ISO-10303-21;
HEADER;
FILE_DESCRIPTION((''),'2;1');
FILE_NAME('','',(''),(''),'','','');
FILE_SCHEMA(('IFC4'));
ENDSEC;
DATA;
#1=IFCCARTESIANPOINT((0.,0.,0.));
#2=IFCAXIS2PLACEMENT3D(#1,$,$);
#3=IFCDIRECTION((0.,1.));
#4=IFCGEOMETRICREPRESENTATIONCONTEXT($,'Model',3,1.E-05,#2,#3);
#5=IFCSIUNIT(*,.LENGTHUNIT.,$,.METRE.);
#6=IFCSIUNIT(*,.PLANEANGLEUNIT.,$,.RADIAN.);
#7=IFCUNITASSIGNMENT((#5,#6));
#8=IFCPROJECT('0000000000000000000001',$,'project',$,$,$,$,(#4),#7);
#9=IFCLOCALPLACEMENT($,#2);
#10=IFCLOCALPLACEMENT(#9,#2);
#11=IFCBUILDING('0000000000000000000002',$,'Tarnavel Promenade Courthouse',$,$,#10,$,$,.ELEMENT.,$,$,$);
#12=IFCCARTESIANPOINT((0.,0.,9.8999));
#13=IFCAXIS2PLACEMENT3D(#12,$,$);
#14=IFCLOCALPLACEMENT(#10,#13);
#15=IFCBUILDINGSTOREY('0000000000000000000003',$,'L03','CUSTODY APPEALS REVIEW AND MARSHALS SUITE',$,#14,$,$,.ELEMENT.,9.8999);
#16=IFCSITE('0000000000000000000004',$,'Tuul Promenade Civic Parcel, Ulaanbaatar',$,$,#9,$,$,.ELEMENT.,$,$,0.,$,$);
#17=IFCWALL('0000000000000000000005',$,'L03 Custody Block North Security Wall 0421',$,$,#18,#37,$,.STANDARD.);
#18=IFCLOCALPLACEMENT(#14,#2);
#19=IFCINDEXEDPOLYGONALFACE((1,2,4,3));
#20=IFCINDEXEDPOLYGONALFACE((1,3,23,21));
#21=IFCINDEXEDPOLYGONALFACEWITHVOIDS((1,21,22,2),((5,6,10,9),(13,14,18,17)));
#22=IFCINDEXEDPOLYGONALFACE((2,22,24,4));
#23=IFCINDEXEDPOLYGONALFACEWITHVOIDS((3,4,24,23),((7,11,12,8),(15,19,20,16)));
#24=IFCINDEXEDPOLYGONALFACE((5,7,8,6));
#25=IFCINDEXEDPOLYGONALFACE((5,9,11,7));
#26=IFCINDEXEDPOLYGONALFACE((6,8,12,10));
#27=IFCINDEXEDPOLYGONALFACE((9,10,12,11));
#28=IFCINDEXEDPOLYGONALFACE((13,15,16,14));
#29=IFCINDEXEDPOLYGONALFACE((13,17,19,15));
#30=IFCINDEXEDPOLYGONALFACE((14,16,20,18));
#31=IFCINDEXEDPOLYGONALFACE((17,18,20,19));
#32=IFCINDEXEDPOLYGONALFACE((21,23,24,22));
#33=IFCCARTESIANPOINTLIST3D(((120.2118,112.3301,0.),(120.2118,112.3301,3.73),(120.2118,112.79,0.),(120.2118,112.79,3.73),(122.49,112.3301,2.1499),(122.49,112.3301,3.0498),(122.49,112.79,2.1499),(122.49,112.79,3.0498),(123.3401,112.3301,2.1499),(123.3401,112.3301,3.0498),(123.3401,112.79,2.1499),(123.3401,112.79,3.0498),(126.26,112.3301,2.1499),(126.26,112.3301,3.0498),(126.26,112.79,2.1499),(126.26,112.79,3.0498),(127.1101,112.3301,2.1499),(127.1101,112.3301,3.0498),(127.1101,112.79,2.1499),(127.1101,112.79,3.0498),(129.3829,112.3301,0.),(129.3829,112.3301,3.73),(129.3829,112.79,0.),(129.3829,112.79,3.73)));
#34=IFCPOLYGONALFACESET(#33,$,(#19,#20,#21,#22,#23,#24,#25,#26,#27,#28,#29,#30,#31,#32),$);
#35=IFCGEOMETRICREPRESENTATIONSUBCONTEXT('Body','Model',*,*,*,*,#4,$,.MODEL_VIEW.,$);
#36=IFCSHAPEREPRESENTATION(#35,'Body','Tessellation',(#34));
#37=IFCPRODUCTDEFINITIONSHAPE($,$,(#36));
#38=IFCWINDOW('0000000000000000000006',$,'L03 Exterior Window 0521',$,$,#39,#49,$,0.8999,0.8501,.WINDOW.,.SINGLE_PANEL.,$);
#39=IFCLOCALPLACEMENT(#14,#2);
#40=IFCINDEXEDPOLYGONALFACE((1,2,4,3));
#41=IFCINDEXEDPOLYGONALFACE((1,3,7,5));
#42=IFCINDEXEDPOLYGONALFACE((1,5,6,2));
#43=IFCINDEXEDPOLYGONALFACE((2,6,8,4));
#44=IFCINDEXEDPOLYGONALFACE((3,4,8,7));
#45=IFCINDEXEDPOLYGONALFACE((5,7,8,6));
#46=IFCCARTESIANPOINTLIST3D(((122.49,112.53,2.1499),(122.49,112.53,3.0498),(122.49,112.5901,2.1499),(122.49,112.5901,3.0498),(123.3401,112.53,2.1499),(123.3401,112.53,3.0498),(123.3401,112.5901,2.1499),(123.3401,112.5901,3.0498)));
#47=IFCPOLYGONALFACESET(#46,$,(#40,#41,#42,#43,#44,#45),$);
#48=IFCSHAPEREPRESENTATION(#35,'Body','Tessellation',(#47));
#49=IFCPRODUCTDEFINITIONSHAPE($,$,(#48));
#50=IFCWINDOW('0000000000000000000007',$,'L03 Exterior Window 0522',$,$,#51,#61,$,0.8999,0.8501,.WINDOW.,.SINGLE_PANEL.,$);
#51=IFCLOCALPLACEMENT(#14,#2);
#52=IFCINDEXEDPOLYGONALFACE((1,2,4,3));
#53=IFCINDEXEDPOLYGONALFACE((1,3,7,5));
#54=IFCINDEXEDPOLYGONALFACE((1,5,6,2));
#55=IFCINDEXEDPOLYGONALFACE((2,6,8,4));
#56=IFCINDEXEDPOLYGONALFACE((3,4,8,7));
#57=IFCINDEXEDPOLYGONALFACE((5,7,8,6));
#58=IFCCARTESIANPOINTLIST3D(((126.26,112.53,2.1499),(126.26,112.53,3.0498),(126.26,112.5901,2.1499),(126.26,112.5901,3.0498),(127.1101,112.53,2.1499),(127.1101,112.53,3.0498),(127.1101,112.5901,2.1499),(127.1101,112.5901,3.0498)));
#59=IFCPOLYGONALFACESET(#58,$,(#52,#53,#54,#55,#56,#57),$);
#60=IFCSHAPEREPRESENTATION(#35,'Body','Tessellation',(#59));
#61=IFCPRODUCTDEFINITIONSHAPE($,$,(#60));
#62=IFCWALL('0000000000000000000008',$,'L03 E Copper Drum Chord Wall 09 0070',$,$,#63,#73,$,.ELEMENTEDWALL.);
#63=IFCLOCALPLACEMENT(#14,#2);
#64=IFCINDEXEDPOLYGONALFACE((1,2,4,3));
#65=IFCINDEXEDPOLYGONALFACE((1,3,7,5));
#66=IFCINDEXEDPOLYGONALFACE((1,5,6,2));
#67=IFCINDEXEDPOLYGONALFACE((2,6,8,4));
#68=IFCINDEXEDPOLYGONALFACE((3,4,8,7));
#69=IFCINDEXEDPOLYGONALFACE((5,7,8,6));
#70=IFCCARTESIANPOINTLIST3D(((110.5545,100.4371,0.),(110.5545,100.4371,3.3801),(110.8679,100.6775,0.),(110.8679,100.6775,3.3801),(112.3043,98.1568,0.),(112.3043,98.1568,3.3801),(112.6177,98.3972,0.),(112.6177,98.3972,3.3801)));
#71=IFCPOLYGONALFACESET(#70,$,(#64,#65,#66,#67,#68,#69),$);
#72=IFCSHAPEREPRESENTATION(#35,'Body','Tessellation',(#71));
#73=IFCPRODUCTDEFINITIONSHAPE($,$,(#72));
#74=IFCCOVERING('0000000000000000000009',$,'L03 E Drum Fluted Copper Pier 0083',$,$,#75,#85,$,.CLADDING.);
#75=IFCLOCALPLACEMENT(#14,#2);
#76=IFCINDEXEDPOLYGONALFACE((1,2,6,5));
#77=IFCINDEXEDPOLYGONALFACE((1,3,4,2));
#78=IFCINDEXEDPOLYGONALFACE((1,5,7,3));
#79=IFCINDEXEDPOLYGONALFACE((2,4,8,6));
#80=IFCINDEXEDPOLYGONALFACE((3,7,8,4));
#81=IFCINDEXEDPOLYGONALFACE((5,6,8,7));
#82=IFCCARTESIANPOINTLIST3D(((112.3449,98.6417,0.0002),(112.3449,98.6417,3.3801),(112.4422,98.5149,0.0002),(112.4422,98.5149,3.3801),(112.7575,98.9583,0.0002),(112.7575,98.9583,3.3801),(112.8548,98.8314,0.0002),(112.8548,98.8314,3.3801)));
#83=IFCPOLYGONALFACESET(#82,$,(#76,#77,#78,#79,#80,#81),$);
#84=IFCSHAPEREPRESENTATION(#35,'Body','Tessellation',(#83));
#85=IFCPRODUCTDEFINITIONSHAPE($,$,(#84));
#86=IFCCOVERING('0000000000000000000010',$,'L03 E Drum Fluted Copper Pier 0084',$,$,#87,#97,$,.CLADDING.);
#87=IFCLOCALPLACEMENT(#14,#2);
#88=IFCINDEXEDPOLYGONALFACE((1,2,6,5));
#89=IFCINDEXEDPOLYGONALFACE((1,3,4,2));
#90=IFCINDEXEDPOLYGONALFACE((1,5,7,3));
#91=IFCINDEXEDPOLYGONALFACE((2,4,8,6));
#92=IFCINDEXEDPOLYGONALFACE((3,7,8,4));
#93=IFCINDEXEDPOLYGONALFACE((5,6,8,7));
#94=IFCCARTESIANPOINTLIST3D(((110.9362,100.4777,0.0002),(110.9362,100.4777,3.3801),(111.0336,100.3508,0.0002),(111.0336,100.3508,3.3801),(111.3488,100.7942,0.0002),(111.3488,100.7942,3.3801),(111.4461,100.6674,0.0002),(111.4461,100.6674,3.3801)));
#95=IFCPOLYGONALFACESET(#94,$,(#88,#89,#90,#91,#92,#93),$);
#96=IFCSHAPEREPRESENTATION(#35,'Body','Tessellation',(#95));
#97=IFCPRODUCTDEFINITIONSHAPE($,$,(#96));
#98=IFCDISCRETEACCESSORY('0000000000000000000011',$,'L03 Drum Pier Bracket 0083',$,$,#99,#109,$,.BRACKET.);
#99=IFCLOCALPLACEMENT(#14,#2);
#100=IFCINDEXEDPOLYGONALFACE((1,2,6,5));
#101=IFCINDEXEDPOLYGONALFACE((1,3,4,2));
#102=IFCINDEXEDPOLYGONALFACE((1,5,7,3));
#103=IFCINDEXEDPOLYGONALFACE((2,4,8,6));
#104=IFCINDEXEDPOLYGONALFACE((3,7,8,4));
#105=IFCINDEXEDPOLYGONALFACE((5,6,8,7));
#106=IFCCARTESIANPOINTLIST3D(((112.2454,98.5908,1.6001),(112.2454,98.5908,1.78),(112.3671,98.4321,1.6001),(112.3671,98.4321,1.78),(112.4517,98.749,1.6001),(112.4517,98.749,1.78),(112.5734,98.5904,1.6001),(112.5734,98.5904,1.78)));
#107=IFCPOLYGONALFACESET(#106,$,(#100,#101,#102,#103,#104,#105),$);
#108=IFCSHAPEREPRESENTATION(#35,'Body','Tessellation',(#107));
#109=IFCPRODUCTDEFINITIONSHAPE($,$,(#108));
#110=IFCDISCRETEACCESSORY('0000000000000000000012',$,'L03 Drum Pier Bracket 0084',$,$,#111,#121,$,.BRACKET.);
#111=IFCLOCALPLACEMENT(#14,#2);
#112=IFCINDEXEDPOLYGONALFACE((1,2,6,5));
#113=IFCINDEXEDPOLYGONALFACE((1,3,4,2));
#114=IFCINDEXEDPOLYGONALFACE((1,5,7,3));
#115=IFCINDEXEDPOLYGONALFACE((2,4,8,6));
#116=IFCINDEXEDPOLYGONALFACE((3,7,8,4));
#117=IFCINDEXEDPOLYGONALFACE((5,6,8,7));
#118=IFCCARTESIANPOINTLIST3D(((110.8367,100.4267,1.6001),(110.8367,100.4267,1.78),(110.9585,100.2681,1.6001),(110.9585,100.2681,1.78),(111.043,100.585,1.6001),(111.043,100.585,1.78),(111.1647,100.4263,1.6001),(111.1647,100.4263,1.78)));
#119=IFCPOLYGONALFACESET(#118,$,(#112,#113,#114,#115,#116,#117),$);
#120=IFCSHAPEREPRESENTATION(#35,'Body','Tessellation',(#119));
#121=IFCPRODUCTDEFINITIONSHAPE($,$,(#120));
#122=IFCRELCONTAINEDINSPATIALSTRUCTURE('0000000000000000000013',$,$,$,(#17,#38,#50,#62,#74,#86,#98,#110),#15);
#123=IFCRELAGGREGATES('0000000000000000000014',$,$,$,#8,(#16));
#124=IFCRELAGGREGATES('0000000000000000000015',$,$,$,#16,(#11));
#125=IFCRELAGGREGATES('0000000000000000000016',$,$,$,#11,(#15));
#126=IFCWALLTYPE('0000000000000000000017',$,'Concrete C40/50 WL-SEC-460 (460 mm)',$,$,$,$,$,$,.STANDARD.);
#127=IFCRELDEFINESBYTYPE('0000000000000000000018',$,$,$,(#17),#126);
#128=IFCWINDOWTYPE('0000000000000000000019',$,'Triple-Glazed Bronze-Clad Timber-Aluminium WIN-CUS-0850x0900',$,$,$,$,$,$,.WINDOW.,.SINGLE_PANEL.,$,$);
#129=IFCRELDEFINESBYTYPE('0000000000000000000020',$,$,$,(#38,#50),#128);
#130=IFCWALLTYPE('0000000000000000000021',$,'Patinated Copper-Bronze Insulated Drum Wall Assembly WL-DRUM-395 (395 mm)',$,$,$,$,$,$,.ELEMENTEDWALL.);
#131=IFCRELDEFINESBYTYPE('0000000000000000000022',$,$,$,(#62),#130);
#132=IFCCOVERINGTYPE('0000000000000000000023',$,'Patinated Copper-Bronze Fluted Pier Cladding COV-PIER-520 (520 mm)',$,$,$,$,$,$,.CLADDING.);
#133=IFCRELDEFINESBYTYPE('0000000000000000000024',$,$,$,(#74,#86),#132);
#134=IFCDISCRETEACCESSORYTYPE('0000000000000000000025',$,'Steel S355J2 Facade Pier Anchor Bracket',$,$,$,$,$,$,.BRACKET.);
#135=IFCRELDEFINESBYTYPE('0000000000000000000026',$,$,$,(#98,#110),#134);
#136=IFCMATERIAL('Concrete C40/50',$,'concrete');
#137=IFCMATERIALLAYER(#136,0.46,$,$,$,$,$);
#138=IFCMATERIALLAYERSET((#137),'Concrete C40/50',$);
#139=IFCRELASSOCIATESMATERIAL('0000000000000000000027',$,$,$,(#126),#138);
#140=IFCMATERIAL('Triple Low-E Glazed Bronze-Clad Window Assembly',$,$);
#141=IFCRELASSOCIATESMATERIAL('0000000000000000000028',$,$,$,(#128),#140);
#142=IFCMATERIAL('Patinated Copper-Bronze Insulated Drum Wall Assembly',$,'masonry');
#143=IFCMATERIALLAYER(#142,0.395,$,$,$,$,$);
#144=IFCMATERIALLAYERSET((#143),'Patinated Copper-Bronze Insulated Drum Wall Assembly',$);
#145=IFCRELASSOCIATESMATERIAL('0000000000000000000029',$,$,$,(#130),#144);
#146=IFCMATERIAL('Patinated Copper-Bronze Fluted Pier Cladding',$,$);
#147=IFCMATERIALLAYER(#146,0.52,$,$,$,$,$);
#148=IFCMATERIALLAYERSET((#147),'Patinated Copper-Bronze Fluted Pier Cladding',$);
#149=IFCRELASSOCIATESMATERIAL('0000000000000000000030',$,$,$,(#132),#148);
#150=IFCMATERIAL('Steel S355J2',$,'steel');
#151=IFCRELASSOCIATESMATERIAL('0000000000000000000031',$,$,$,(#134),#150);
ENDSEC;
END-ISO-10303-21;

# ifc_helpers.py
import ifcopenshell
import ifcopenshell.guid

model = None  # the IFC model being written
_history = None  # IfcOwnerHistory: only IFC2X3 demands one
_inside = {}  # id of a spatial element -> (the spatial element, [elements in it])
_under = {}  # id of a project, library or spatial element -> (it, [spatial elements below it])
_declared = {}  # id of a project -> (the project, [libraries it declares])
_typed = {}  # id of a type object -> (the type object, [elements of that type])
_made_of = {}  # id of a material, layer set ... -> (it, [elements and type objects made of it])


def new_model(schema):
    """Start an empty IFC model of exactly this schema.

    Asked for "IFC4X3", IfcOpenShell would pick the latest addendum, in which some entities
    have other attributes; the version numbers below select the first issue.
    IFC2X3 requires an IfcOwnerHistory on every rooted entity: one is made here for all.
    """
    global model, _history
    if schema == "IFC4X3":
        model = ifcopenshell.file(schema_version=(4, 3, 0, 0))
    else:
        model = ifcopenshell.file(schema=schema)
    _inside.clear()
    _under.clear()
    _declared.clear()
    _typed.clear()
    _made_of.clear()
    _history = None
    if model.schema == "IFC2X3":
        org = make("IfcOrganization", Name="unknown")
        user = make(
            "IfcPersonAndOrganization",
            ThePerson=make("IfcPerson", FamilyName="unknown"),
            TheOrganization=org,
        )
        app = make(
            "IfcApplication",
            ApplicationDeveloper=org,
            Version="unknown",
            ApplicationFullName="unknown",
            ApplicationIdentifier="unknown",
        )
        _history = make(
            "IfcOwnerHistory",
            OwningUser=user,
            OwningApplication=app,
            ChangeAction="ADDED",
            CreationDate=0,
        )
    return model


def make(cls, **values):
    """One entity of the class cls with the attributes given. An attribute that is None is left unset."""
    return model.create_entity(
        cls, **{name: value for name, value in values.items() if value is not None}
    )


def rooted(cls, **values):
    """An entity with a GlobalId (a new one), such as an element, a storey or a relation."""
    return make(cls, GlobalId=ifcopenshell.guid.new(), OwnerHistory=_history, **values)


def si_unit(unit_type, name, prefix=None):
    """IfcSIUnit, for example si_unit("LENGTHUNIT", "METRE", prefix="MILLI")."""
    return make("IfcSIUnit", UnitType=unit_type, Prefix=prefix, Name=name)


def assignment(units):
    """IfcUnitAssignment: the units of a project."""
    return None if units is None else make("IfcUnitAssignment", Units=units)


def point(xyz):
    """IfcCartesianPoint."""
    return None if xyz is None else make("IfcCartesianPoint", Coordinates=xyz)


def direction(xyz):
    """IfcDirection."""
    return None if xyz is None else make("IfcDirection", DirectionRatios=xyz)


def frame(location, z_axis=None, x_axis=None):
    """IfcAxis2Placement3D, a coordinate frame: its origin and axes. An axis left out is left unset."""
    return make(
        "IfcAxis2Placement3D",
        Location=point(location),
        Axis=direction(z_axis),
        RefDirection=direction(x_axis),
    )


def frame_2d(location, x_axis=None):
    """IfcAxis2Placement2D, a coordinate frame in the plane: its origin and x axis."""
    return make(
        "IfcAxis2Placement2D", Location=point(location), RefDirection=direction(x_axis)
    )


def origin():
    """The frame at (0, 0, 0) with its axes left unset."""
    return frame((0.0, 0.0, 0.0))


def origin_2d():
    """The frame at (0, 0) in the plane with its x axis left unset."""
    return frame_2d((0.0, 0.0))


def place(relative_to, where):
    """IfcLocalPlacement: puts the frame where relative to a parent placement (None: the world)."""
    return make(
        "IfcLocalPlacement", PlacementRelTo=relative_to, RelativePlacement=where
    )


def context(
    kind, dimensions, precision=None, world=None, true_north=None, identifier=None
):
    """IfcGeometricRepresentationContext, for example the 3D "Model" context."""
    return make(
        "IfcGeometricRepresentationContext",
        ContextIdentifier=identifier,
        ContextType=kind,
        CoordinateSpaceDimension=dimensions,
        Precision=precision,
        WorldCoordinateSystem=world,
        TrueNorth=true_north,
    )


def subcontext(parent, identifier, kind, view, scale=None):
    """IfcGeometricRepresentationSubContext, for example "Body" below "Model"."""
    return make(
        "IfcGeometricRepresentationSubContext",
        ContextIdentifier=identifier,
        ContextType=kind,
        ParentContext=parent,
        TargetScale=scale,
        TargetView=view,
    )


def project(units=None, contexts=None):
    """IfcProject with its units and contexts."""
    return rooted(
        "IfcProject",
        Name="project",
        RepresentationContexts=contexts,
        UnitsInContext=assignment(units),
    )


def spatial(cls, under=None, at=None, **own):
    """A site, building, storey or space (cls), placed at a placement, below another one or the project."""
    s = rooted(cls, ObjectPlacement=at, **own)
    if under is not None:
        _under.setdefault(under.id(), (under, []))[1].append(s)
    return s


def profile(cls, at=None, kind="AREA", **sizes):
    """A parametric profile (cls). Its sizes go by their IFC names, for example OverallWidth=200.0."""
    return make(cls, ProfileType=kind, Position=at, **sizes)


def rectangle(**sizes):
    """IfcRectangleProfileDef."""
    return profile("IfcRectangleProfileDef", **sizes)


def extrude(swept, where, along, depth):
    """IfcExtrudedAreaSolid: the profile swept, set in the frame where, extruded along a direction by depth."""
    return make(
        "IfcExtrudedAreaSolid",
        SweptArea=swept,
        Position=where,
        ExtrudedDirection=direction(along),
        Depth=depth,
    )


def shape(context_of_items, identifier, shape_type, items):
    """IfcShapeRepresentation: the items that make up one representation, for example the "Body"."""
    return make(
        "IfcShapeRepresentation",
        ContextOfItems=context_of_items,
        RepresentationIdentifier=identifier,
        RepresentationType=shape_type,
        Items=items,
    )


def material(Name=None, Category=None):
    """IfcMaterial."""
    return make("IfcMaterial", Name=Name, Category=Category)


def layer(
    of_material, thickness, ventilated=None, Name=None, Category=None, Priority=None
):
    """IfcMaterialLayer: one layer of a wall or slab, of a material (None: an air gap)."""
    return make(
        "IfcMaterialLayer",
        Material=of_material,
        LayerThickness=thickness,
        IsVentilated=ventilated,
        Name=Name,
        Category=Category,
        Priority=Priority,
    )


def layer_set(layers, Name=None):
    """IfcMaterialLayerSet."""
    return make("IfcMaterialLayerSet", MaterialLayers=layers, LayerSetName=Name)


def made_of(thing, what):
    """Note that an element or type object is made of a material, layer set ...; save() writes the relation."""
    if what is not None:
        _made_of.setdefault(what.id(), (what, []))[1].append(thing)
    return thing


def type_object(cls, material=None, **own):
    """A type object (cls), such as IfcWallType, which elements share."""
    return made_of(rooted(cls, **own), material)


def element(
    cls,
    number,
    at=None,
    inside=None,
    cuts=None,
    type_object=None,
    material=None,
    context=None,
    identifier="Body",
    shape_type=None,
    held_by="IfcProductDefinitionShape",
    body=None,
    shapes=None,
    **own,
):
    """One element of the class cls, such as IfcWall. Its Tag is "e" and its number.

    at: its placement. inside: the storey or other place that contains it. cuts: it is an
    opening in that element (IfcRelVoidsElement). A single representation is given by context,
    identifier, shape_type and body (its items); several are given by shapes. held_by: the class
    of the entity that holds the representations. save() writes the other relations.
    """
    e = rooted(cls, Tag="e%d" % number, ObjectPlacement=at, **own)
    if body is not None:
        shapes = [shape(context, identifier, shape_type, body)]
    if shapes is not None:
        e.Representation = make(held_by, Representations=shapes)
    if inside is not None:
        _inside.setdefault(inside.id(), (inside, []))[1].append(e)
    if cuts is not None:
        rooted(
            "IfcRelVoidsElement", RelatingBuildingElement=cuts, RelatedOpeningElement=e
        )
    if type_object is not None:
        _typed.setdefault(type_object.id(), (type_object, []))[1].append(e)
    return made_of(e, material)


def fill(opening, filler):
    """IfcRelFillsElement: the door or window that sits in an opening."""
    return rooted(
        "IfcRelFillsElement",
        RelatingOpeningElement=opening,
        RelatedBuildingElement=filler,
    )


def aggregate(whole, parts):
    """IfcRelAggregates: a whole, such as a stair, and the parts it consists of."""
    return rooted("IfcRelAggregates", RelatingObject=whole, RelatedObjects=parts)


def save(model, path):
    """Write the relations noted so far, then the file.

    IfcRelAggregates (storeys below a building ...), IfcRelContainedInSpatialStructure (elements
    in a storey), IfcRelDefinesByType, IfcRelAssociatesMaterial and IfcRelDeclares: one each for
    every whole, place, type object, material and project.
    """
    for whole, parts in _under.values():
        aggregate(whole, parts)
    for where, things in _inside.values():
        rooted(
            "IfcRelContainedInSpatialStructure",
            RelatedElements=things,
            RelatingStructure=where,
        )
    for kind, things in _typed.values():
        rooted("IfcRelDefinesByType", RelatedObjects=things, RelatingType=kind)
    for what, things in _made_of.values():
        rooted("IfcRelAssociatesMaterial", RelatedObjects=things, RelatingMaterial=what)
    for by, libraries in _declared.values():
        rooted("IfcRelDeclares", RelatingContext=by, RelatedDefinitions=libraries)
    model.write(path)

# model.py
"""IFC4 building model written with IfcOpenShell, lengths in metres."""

from ifc_helpers import new_model, si_unit, direction, frame, frame_2d, origin, origin_2d, place, context, subcontext, project, spatial, rectangle, extrude, material, layer, layer_set, type_object, element, fill, save


model = new_model("IFC4")

# Units and contexts
model_context = context("Model", 3, precision=1e-05, world=origin(), true_north=direction((0.0, 1.0)))
body_context = subcontext(model_context, "Body", "Model", "MODEL_VIEW")
ifc_project = project(units=[si_unit("LENGTHUNIT", "METRE"), si_unit("PLANEANGLEUNIT", "RADIAN")], contexts=[model_context])

# Site, building, storey
site_placement = place(None, origin())
site = spatial("IfcSite", under=ifc_project, at=site_placement, Name="Tuul Promenade Civic Parcel, Ulaanbaatar", CompositionType="ELEMENT", RefElevation=0.0)
building_placement = place(site_placement, origin())
building = spatial("IfcBuilding", under=site, at=building_placement, Name="Tarnavel Promenade Courthouse", CompositionType="ELEMENT")
storey_placement = place(building_placement, frame((0.0, 0.0, 9.8999)))
storey = spatial("IfcBuildingStorey", under=building, at=storey_placement, Name="L03", Description="CUSTODY APPEALS REVIEW AND MARSHALS SUITE", CompositionType="ELEMENT", Elevation=9.8999)

# Shared definitions
ifc_material_1 = material(Name="Concrete C40/50", Category="concrete")

# Wall, openings, windows
ifc_layer_1 = layer(ifc_material_1, 0.46)
ifc_layer_set_1 = layer_set([ifc_layer_1], Name="Concrete C40/50")
wall_type_1 = type_object("IfcWallType", Name="Concrete C40/50 WL-SEC-460 (460 mm)", PredefinedType="STANDARD", material=ifc_layer_set_1)
wall_1_placement = place(storey_placement, frame((120.2119, 112.5601, 0.0), z_axis=(0.0, 0.0, 1.0), x_axis=(1.0, 0.0, 0.0)))
wall_1 = element("IfcWall", 1, at=wall_1_placement, inside=storey, type_object=wall_type_1, Name="L03 Custody Block North Security Wall 0421", PredefinedType="STANDARD", context=body_context, shape_type="SweptSolid", body=[
    extrude(rectangle(XDim=9.1711, YDim=0.46, at=frame_2d((4.5854, 0.0))), origin(), (0.0, 0.0, 1.0), 3.73),
])
opening_1_placement = place(wall_1_placement, frame((2.2781, 0.0, 2.1499)))
opening_1 = element("IfcOpeningElement", 2, at=opening_1_placement, cuts=wall_1, PredefinedType="OPENING", context=body_context, shape_type="SweptSolid", body=[
    extrude(rectangle(XDim=0.8501, YDim=0.8999, at=frame_2d((0.425, 0.45))), frame((0.0, 0.24, 0.0), z_axis=(0.0, -1.0, 0.0), x_axis=(1.0, 0.0, 0.0)), (0.0, 0.0, 1.0), 0.48),
])
opening_2_placement = place(wall_1_placement, frame((6.0481, 0.0, 2.1499)))
opening_2 = element("IfcOpeningElement", 3, at=opening_2_placement, cuts=wall_1, PredefinedType="OPENING", context=body_context, shape_type="SweptSolid", body=[
    extrude(rectangle(XDim=0.8501, YDim=0.8999, at=frame_2d((0.425, 0.45))), frame((0.0, 0.24, 0.0), z_axis=(0.0, -1.0, 0.0), x_axis=(1.0, 0.0, 0.0)), (0.0, 0.0, 1.0), 0.48),
])
ifc_material_2 = material(Name="Triple Low-E Glazed Bronze-Clad Window Assembly")
window_type = type_object("IfcWindowType", Name="Triple-Glazed Bronze-Clad Timber-Aluminium WIN-CUS-0850x0900", PartitioningType="SINGLE_PANEL", PredefinedType="WINDOW", material=ifc_material_2)
window_1_placement = place(opening_1_placement, origin())
window_1 = element("IfcWindow", 4, at=window_1_placement, inside=storey, type_object=window_type, Name="L03 Exterior Window 0521", OverallHeight=0.8999, OverallWidth=0.8501, PartitioningType="SINGLE_PANEL", PredefinedType="WINDOW", context=body_context, shape_type="SweptSolid", body=[
    extrude(rectangle(XDim=0.8501, YDim=0.8999, at=frame_2d((0.425, 0.45))), frame((0.0, 0.03, 0.0), z_axis=(0.0, -1.0, 0.0), x_axis=(1.0, 0.0, 0.0)), (0.0, 0.0, 1.0), 0.0601),
])
fill(opening_1, window_1)
window_2_placement = place(opening_2_placement, origin())
window_2 = element("IfcWindow", 5, at=window_2_placement, inside=storey, type_object=window_type, Name="L03 Exterior Window 0522", OverallHeight=0.8999, OverallWidth=0.8501, PartitioningType="SINGLE_PANEL", PredefinedType="WINDOW", context=body_context, shape_type="SweptSolid", body=[
    extrude(rectangle(XDim=0.8501, YDim=0.8999, at=frame_2d((0.425, 0.45))), frame((0.0, 0.03, 0.0), z_axis=(0.0, -1.0, 0.0), x_axis=(1.0, 0.0, 0.0)), (0.0, 0.0, 1.0), 0.0601),
])
fill(opening_2, window_2)

# Wall
ifc_material_3 = material(Name="Patinated Copper-Bronze Insulated Drum Wall Assembly", Category="masonry")
ifc_layer_2 = layer(ifc_material_3, 0.395)
ifc_layer_set_2 = layer_set([ifc_layer_2], Name="Patinated Copper-Bronze Insulated Drum Wall Assembly")
wall_type_2 = type_object("IfcWallType", Name="Patinated Copper-Bronze Insulated Drum Wall Assembly WL-DRUM-395 (395 mm)", PredefinedType="ELEMENTEDWALL", material=ifc_layer_set_2)
wall_2_placement = place(storey_placement, frame((112.4609, 98.2771, 0.0), z_axis=(0.0, 0.0, 1.0), x_axis=(-0.60877, 0.793347, 0.0)))
element("IfcWall", 6, at=wall_2_placement, inside=storey, type_object=wall_type_2, Name="L03 E Copper Drum Chord Wall 09 0070", PredefinedType="ELEMENTEDWALL", context=body_context, shape_type="SweptSolid", body=[
    extrude(rectangle(XDim=2.8743, YDim=0.395, at=frame_2d((1.437, 0.0))), origin(), (0.0, 0.0, 1.0), 3.3801),
])

# Coverings
ifc_material_4 = material(Name="Patinated Copper-Bronze Fluted Pier Cladding")
ifc_layer_3 = layer(ifc_material_4, 0.52)
ifc_layer_set_3 = layer_set([ifc_layer_3], Name="Patinated Copper-Bronze Fluted Pier Cladding")
covering_type = type_object("IfcCoveringType", Name="Patinated Copper-Bronze Fluted Pier Cladding COV-PIER-520 (520 mm)", PredefinedType="CLADDING", material=ifc_layer_set_3)
for number, where, z_axis, x_axis, name in (
    (7, (112.5999, 98.7366, 0.0002), (0.0, 0.0, 1.0), (-0.608761, 0.793353, 0.0), "L03 E Drum Fluted Copper Pier 0083"),
    (8, (111.1912, 100.5725, 0.0002), (0.0, 0.0, 1.0), (-0.608761, 0.793353, 0.0), "L03 E Drum Fluted Copper Pier 0084"),
):
    element("IfcCovering", number, at=place(storey_placement, frame(where, z_axis=z_axis, x_axis=x_axis)), inside=storey, type_object=covering_type, Name=name, PredefinedType="CLADDING", context=body_context, shape_type="SweptSolid", body=[
        extrude(rectangle(XDim=0.1599, YDim=0.52, at=origin_2d()), origin(), (0.0, 0.0, 1.0), 3.3799),
    ])

# Discrete accessories
ifc_material_5 = material(Name="Steel S355J2", Category="steel")
discrete_accessory_type = type_object("IfcDiscreteAccessoryType", Name="Steel S355J2 Facade Pier Anchor Bracket", PredefinedType="BRACKET", material=ifc_material_5)
for number, where, z_axis, x_axis, name in (
    (9, (112.4094, 98.5906, 1.6001), (0.0, 0.0, 1.0), (-0.608761, 0.793353, 0.0), "L03 Drum Pier Bracket 0083"),
    (10, (111.0007, 100.4265, 1.6001), (0.0, 0.0, 1.0), (-0.608761, 0.793353, 0.0), "L03 Drum Pier Bracket 0084"),
):
    element("IfcDiscreteAccessory", number, at=place(storey_placement, frame(where, z_axis=z_axis, x_axis=x_axis)), inside=storey, type_object=discrete_accessory_type, Name=name, PredefinedType="BRACKET", context=body_context, shape_type="SweptSolid", body=[
        extrude(rectangle(XDim=0.2, YDim=0.26, at=origin_2d()), origin(), (0.0, 0.0, 1.0), 0.1799),
    ])

save(model, "model.ifc")
